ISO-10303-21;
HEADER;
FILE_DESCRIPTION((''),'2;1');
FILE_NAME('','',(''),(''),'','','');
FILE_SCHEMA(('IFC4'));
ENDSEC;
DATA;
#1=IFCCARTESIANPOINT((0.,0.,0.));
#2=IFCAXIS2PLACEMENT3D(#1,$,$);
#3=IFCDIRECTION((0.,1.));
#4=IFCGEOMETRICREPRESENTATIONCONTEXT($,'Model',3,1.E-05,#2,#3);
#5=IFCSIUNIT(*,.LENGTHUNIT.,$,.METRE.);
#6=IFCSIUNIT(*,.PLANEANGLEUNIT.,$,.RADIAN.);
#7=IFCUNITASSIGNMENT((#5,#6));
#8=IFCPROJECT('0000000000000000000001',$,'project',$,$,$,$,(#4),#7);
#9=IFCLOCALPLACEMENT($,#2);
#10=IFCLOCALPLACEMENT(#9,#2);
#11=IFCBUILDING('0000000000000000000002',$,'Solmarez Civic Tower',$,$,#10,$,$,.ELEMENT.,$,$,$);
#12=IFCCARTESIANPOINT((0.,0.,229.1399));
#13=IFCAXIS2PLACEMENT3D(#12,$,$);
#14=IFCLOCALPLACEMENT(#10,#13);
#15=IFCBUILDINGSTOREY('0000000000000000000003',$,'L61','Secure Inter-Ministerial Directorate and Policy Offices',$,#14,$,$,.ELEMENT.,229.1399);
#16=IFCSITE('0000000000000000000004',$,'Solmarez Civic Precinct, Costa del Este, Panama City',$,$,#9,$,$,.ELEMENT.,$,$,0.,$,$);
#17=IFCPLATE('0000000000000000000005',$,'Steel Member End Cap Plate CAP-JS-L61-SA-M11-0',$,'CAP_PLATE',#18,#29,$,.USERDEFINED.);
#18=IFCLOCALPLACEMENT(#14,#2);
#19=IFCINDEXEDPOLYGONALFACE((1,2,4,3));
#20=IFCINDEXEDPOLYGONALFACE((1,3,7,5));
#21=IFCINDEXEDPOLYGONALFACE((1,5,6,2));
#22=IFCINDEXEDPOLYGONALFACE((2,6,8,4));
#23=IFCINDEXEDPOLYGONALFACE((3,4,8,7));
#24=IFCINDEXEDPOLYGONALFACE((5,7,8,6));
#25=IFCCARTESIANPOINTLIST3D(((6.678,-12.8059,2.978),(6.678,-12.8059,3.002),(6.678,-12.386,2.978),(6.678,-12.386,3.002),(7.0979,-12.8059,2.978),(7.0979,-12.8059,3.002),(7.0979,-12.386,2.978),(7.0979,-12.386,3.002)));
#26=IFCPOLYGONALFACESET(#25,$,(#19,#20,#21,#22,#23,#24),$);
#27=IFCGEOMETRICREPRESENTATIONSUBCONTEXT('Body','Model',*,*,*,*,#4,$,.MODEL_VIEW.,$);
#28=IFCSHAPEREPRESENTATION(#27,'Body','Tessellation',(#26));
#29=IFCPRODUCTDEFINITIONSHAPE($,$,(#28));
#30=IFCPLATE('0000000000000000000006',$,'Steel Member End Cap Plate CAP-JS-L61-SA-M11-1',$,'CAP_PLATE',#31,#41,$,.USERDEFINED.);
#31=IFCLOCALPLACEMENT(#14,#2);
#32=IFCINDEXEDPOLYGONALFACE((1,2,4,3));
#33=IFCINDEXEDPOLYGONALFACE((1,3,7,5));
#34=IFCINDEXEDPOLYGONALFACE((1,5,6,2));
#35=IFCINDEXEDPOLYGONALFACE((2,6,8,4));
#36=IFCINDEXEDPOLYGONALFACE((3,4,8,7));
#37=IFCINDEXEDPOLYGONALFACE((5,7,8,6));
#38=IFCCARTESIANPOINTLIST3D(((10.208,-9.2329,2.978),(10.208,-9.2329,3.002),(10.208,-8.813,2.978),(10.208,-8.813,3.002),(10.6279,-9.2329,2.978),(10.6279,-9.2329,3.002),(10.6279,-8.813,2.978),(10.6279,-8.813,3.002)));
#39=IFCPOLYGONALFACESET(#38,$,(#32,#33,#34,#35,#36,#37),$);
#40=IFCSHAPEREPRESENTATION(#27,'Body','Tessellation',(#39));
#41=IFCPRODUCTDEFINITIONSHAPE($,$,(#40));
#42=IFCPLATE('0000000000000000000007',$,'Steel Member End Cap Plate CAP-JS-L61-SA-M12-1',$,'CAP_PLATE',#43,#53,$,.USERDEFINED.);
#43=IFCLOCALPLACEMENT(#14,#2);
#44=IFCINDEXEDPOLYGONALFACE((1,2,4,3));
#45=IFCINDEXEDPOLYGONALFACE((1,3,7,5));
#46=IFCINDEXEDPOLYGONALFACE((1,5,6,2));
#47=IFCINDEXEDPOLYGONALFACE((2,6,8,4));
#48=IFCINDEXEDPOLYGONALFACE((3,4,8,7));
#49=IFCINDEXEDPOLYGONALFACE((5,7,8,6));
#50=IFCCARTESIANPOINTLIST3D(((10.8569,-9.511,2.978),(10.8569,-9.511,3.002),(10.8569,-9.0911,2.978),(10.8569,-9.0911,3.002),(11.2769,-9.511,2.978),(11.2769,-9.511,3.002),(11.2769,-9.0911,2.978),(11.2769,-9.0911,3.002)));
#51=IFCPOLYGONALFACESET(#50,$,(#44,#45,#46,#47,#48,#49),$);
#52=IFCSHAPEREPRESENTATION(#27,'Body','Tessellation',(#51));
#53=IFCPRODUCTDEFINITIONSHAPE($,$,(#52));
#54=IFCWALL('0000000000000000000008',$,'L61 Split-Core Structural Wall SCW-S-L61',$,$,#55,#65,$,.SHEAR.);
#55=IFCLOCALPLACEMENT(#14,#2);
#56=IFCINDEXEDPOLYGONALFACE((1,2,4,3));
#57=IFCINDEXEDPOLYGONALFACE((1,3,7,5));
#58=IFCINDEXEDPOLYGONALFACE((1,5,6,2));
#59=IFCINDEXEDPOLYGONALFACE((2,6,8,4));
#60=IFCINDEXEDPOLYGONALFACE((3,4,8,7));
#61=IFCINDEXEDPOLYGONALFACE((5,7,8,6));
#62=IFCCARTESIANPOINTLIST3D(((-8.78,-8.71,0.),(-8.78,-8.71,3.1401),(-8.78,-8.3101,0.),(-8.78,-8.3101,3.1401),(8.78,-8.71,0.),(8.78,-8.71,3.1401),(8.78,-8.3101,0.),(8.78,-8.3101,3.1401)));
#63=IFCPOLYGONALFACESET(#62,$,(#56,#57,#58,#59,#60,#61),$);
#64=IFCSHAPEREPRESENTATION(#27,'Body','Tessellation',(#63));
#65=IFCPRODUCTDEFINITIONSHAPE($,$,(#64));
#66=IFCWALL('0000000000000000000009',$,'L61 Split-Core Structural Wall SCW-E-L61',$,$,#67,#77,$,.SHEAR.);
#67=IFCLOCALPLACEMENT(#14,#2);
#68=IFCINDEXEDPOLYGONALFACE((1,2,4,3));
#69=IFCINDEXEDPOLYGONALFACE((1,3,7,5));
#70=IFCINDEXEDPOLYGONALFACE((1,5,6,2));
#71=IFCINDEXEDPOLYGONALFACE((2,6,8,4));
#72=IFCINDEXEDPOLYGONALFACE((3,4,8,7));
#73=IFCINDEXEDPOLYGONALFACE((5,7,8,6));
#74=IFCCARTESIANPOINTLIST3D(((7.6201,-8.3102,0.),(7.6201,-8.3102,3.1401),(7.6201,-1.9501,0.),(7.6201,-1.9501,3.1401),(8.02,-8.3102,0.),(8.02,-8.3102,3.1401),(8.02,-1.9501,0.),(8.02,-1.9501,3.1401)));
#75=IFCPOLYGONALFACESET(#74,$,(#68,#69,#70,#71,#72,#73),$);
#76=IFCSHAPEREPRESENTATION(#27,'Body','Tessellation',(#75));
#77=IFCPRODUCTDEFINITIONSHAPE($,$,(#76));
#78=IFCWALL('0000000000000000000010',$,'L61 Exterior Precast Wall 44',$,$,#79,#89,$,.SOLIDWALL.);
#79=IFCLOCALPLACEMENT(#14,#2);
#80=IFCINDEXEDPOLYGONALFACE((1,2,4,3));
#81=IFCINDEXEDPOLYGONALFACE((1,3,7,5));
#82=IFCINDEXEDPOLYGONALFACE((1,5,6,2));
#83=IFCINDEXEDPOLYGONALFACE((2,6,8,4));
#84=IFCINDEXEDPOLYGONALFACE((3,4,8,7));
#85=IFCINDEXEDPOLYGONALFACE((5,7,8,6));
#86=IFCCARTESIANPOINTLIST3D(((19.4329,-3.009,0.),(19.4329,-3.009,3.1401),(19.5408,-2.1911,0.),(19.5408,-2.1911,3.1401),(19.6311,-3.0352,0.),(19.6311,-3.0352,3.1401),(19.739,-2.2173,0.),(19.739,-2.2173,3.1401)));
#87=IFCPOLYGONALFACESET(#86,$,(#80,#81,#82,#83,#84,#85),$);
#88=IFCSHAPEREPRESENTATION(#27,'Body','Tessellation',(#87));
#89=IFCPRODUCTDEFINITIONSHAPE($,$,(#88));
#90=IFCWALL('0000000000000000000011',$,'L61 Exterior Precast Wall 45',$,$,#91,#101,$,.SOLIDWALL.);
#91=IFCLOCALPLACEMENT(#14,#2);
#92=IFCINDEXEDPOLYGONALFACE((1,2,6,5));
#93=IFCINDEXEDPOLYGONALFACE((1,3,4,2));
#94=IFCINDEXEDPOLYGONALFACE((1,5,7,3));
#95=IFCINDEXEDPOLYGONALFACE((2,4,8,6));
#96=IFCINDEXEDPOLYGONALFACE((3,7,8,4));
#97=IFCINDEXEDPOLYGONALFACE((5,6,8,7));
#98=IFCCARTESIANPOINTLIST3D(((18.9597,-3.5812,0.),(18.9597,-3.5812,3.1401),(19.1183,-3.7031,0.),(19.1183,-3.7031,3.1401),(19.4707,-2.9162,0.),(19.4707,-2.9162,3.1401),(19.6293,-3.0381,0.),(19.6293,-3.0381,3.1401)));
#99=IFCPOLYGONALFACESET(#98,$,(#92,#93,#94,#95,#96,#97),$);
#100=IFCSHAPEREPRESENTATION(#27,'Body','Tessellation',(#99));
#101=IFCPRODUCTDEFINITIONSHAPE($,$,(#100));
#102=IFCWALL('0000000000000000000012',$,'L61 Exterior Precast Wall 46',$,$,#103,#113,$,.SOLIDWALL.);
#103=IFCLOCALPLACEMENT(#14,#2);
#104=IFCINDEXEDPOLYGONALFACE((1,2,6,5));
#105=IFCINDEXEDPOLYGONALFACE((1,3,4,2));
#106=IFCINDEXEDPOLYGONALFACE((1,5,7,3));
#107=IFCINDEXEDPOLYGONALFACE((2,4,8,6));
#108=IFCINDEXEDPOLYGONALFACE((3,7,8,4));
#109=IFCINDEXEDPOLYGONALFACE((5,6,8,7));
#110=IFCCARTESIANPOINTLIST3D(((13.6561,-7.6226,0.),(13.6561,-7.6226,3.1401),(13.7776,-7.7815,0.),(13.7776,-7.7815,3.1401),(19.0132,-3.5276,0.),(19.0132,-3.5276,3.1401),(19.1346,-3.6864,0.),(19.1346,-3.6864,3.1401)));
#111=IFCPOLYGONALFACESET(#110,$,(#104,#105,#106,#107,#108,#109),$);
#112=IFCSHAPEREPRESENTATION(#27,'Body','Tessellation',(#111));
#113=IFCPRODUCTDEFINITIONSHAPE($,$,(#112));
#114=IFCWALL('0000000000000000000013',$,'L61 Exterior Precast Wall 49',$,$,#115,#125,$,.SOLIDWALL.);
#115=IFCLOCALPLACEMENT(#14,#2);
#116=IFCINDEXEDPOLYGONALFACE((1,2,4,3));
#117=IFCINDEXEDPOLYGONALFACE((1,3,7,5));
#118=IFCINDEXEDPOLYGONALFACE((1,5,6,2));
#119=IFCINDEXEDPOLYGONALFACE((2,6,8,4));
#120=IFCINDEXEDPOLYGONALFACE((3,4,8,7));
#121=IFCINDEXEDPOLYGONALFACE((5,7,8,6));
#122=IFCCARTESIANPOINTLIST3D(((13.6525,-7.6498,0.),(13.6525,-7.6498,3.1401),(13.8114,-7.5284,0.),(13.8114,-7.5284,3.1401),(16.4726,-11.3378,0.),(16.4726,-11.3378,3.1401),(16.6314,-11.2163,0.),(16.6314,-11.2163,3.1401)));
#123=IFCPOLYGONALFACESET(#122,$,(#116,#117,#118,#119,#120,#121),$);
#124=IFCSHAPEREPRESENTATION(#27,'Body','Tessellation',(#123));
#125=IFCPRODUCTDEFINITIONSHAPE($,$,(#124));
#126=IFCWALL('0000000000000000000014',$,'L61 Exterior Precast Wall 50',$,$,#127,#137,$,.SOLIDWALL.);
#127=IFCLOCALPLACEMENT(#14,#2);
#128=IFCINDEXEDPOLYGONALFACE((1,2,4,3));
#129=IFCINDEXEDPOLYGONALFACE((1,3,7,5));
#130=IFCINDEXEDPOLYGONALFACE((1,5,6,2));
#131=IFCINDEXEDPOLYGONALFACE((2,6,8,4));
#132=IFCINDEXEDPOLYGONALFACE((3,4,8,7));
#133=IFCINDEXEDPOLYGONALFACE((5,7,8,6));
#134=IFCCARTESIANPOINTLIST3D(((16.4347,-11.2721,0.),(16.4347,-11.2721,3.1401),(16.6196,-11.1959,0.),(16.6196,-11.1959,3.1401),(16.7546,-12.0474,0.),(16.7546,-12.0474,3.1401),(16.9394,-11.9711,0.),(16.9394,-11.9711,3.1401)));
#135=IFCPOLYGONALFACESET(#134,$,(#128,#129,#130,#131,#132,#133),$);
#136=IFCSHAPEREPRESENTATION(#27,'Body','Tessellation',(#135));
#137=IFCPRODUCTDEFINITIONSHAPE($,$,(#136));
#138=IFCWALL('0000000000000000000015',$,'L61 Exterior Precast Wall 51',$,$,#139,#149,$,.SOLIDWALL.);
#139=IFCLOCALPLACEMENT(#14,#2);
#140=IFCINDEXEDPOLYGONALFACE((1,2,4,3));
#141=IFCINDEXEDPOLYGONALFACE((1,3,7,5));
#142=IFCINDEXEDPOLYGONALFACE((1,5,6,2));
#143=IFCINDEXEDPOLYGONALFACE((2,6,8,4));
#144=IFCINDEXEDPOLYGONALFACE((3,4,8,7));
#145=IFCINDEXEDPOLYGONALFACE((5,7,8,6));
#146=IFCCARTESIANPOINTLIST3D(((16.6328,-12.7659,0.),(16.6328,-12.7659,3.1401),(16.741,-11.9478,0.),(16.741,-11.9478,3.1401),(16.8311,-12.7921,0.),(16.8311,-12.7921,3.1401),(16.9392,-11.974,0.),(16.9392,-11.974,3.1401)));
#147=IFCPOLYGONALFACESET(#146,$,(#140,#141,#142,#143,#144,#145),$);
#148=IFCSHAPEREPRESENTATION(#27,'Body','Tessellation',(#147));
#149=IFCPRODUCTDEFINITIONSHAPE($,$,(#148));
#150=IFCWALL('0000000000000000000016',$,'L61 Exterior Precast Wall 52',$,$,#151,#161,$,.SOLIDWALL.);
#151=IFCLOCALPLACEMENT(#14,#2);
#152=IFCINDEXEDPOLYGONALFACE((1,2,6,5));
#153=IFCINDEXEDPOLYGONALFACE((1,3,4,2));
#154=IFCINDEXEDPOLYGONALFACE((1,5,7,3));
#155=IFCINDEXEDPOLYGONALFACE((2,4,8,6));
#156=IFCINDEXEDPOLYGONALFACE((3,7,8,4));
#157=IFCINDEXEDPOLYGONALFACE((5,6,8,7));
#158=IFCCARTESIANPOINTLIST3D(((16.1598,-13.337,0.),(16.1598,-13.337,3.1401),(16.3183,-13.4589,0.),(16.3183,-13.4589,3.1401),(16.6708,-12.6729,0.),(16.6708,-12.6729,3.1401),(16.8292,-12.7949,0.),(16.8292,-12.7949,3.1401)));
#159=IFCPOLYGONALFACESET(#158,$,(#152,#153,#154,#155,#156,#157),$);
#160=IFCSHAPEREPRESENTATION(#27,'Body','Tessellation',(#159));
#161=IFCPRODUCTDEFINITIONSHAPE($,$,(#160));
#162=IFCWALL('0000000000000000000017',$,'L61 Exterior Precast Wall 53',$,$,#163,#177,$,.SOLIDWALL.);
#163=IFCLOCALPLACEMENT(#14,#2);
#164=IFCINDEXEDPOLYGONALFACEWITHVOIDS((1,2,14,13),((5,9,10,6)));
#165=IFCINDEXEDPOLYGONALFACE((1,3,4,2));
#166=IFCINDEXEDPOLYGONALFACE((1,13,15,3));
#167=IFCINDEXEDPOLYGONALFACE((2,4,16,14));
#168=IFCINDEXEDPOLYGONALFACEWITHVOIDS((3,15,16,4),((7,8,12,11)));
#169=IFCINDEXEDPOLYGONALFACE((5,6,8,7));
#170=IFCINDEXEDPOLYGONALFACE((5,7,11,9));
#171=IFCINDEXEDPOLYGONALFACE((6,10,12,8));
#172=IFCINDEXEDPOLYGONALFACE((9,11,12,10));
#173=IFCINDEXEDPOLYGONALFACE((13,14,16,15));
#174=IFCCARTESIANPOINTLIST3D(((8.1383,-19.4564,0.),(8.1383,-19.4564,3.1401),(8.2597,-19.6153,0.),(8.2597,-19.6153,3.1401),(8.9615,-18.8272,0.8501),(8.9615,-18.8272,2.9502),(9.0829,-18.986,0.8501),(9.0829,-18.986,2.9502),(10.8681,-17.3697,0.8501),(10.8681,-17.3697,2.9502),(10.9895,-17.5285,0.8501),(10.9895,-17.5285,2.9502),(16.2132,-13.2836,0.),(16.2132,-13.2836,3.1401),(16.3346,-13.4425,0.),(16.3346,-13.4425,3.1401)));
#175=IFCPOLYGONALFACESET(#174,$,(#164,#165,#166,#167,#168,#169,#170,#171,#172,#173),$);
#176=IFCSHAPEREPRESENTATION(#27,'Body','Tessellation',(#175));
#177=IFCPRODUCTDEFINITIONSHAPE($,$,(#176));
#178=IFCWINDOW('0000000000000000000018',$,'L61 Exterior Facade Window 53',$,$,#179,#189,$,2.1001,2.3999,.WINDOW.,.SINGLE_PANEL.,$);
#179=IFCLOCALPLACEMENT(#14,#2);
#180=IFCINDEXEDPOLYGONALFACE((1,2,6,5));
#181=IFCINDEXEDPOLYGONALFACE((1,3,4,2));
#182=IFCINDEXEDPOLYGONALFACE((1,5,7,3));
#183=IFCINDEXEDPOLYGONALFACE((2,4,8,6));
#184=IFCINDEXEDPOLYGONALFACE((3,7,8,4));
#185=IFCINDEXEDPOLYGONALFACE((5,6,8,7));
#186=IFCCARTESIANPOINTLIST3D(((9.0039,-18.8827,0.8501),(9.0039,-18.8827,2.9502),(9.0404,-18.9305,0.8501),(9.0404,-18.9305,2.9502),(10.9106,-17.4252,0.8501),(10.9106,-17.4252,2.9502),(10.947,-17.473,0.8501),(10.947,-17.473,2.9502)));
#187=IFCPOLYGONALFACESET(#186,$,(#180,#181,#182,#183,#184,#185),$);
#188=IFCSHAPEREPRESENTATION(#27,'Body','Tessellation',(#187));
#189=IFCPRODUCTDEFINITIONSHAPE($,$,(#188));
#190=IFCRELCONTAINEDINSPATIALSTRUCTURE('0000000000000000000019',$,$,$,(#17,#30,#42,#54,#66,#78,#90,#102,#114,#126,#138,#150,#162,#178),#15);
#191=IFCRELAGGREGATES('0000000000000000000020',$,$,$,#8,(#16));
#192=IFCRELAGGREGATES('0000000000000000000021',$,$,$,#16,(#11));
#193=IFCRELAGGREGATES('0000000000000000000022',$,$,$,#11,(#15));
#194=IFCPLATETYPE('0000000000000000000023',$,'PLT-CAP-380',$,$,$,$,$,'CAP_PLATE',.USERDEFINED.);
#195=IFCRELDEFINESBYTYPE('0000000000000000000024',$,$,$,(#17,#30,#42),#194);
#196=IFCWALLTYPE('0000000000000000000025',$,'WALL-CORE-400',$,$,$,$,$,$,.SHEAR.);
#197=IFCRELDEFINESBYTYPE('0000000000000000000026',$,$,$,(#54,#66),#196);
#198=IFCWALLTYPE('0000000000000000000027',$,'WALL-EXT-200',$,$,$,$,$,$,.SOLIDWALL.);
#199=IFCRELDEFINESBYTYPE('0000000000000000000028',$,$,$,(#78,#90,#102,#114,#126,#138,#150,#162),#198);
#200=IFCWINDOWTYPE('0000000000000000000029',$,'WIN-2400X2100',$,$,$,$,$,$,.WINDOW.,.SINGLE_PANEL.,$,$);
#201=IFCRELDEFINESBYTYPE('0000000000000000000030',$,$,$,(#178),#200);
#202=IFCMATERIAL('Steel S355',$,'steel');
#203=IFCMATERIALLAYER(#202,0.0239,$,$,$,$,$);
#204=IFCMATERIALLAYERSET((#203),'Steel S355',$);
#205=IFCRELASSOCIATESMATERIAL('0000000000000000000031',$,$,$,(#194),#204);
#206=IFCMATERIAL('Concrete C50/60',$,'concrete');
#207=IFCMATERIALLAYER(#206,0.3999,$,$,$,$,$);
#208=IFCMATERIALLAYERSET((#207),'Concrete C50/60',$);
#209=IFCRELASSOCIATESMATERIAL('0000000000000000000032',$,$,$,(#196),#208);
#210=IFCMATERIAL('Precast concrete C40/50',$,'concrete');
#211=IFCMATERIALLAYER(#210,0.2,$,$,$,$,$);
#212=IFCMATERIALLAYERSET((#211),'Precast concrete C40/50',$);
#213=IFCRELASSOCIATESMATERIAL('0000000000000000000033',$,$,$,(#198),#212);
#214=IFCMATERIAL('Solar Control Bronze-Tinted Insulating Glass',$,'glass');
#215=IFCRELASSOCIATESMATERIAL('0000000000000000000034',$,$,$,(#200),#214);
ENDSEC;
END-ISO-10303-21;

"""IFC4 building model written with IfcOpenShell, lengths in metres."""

from ifc_helpers import new_model, si_unit, direction, frame, frame_2d, origin, origin_2d, place, context, subcontext, project, spatial, rectangle, extrude, material, layer, layer_set, type_object, element, fill, save


model = new_model("IFC4")

# Units and contexts
model_context = context("Model", 3, precision=1e-05, world=origin(), true_north=direction((0.0, 1.0)))
body_context = subcontext(model_context, "Body", "Model", "MODEL_VIEW")
ifc_project = project(units=[si_unit("LENGTHUNIT", "METRE"), si_unit("PLANEANGLEUNIT", "RADIAN")], contexts=[model_context])

# Site, building, storey
site_placement = place(None, origin())
site = spatial("IfcSite", under=ifc_project, at=site_placement, Name="Solmarez Civic Precinct, Costa del Este, Panama City", CompositionType="ELEMENT", RefElevation=0.0)
building_placement = place(site_placement, origin())
building = spatial("IfcBuilding", under=site, at=building_placement, Name="Solmarez Civic Tower", CompositionType="ELEMENT")
storey_placement = place(building_placement, frame((0.0, 0.0, 229.1399)))
storey = spatial("IfcBuildingStorey", under=building, at=storey_placement, Name="L61", Description="Secure Inter-Ministerial Directorate and Policy Offices", CompositionType="ELEMENT", Elevation=229.1399)

# Shared definitions
ifc_material_1 = material(Name="Concrete C50/60", Category="concrete")
ifc_material_2 = material(Name="Steel S355", Category="steel")

# Plates
ifc_layer_1 = layer(ifc_material_2, 0.0239)
ifc_layer_set_1 = layer_set([ifc_layer_1], Name="Steel S355")
plate_type = type_object("IfcPlateType", Name="PLT-CAP-380", ElementType="CAP_PLATE", PredefinedType="USERDEFINED", material=ifc_layer_set_1)
for number, where, z_axis, x_axis, name in (
    (1, (6.8879, -12.5959, 2.978), (0.0, 0.0, 1.0), (1.0, 0.0, 0.0), "Steel Member End Cap Plate CAP-JS-L61-SA-M11-0"),
    (2, (10.418, -9.0229, 2.978), (0.0, 0.0, 1.0), (1.0, 0.0, 0.0), "Steel Member End Cap Plate CAP-JS-L61-SA-M11-1"),
    (3, (11.0669, -9.301, 2.978), (0.0, 0.0, 1.0), (1.0, 0.0, 0.0), "Steel Member End Cap Plate CAP-JS-L61-SA-M12-1"),
):
    element("IfcPlate", number, at=place(storey_placement, frame(where, z_axis=z_axis, x_axis=x_axis)), inside=storey, type_object=plate_type, Name=name, ObjectType="CAP_PLATE", PredefinedType="USERDEFINED", context=body_context, shape_type="SweptSolid", body=[
        extrude(rectangle(XDim=0.4199, YDim=0.4199, at=origin_2d()), origin(), (0.0, 0.0, 1.0), 0.0239),
    ])

# Walls
ifc_layer_2 = layer(ifc_material_1, 0.3999)
ifc_layer_set_2 = layer_set([ifc_layer_2], Name="Concrete C50/60")
wall_type_1 = type_object("IfcWallType", Name="WALL-CORE-400", PredefinedType="SHEAR", material=ifc_layer_set_2)
wall_1_placement = place(storey_placement, frame((8.78, -8.51, 0.0), z_axis=(0.0, 0.0, 1.0), x_axis=(-1.0, 0.0, 0.0)))
element("IfcWall", 4, at=wall_1_placement, inside=storey, type_object=wall_type_1, Name="L61 Split-Core Structural Wall SCW-S-L61", PredefinedType="SHEAR", context=body_context, shape_type="SweptSolid", body=[
    extrude(rectangle(XDim=17.5601, YDim=0.3999, at=frame_2d((8.78, 0.0))), origin(), (0.0, 0.0, 1.0), 3.1401),
])
wall_2_placement = place(storey_placement, frame((7.8201, -1.95, 0.0), z_axis=(0.0, 0.0, 1.0), x_axis=(0.0, -1.0, 0.0)))
element("IfcWall", 5, at=wall_2_placement, inside=storey, type_object=wall_type_1, Name="L61 Split-Core Structural Wall SCW-E-L61", PredefinedType="SHEAR", context=body_context, shape_type="SweptSolid", body=[
    extrude(rectangle(XDim=6.3601, YDim=0.3999, at=frame_2d((3.1802, 0.0))), origin(), (0.0, 0.0, 1.0), 3.1401),
])
ifc_material_3 = material(Name="Precast concrete C40/50", Category="concrete")
ifc_layer_3 = layer(ifc_material_3, 0.2)
ifc_layer_set_3 = layer_set([ifc_layer_3], Name="Precast concrete C40/50")
wall_type_2 = type_object("IfcWallType", Name="WALL-EXT-200", PredefinedType="SOLIDWALL", material=ifc_layer_set_3)
wall_3_placement = place(storey_placement, frame((19.6399, -2.2041, 0.0), z_axis=(0.0, 0.0, 1.0), x_axis=(-0.130807, -0.991408, 0.0)))
element("IfcWall", 6, at=wall_3_placement, inside=storey, type_object=wall_type_2, Name="L61 Exterior Precast Wall 44", PredefinedType="SOLIDWALL", context=body_context, shape_type="SweptSolid", body=[
    extrude(rectangle(XDim=0.825, YDim=0.2, at=frame_2d((0.4126, 0.0))), origin(), (0.0, 0.0, 1.0), 3.1401),
])
wall_4_placement = place(storey_placement, frame((19.55, -2.9771, 0.0), z_axis=(0.0, 0.0, 1.0), x_axis=(-0.609275, -0.792959, 0.0)))
element("IfcWall", 7, at=wall_4_placement, inside=storey, type_object=wall_type_2, Name="L61 Exterior Precast Wall 45", PredefinedType="SOLIDWALL", context=body_context, shape_type="SweptSolid", body=[
    extrude(rectangle(XDim=0.8386, YDim=0.2, at=frame_2d((0.4194, 0.0))), origin(), (0.0, 0.0, 1.0), 3.1401),
])
wall_5_placement = place(storey_placement, frame((19.074, -3.6069, 0.0), z_axis=(0.0, 0.0, 1.0), x_axis=(-0.794466, -0.607309, 0.0)))
element("IfcWall", 8, at=wall_5_placement, inside=storey, type_object=wall_type_2, Name="L61 Exterior Precast Wall 46", PredefinedType="SOLIDWALL", context=body_context, shape_type="SweptSolid", body=[
    extrude(rectangle(XDim=6.7429, YDim=0.2, at=frame_2d((3.3716, 0.0))), origin(), (0.0, 0.0, 1.0), 3.1401),
])
wall_6_placement = place(storey_placement, frame((13.7319, -7.5891, 0.0), z_axis=(0.0, 0.0, 1.0), x_axis=(0.607429, -0.794374, 0.0)))
element("IfcWall", 9, at=wall_6_placement, inside=storey, type_object=wall_type_2, Name="L61 Exterior Precast Wall 49", PredefinedType="SOLIDWALL", context=body_context, shape_type="SweptSolid", body=[
    extrude(rectangle(XDim=4.6426, YDim=0.2, at=frame_2d((2.3213, 0.0))), origin(), (0.0, 0.0, 1.0), 3.1401),
])
wall_7_placement = place(storey_placement, frame((16.5271, -11.2339, 0.0), z_axis=(0.0, 0.0, 1.0), x_axis=(0.381409, -0.924407, 0.0)))
element("IfcWall", 10, at=wall_7_placement, inside=storey, type_object=wall_type_2, Name="L61 Exterior Precast Wall 50", PredefinedType="SOLIDWALL", context=body_context, shape_type="SweptSolid", body=[
    extrude(rectangle(XDim=0.8386, YDim=0.2, at=frame_2d((0.4194, 0.0))), origin(), (0.0, 0.0, 1.0), 3.1401),
])
wall_8_placement = place(storey_placement, frame((16.8401, -11.9609, 0.0), z_axis=(0.0, 0.0, 1.0), x_axis=(-0.131059, -0.991375, 0.0)))
element("IfcWall", 11, at=wall_8_placement, inside=storey, type_object=wall_type_2, Name="L61 Exterior Precast Wall 51", PredefinedType="SOLIDWALL", context=body_context, shape_type="SweptSolid", body=[
    extrude(rectangle(XDim=0.8252, YDim=0.2, at=frame_2d((0.4126, 0.0))), origin(), (0.0, 0.0, 1.0), 3.1401),
])
wall_9_placement = place(storey_placement, frame((16.75, -12.7339, 0.0), z_axis=(0.0, 0.0, 1.0), x_axis=(-0.609837, -0.792526, 0.0)))
element("IfcWall", 12, at=wall_9_placement, inside=storey, type_object=wall_type_2, Name="L61 Exterior Precast Wall 52", PredefinedType="SOLIDWALL", context=body_context, shape_type="SweptSolid", body=[
    extrude(rectangle(XDim=0.8379, YDim=0.2, at=frame_2d((0.4189, 0.0))), origin(), (0.0, 0.0, 1.0), 3.1401),
])

# Wall, opening, window
wall_10_placement = place(storey_placement, frame((16.2739, -13.363, 0.0), z_axis=(0.0, 0.0, 1.0), x_axis=(-0.794458, -0.607319, 0.0)))
wall_10 = element("IfcWall", 13, at=wall_10_placement, inside=storey, type_object=wall_type_2, Name="L61 Exterior Precast Wall 53", PredefinedType="SOLIDWALL", context=body_context, shape_type="SweptSolid", body=[
    extrude(rectangle(XDim=10.1641, YDim=0.2, at=frame_2d((5.082, 0.0))), origin(), (0.0, 0.0, 1.0), 3.1401),
])
opening_1_placement = place(wall_10_placement, frame((6.728, 0.0, 0.8501)))
opening_1 = element("IfcOpeningElement", 14, at=opening_1_placement, cuts=wall_10, PredefinedType="OPENING", context=body_context, shape_type="SweptSolid", body=[
    extrude(rectangle(XDim=2.3999, YDim=2.1001, at=frame_2d((1.2, 1.05))), frame((0.0, 0.1099, 0.0), z_axis=(0.0, -1.0, 0.0), x_axis=(1.0, 0.0, 0.0)), (0.0, 0.0, 1.0), 0.22),
])
ifc_material_4 = material(Name="Solar Control Bronze-Tinted Insulating Glass", Category="glass")
window_type = type_object("IfcWindowType", Name="WIN-2400X2100", PartitioningType="SINGLE_PANEL", PredefinedType="WINDOW", material=ifc_material_4)
window_placement = place(opening_1_placement, origin())
window = element("IfcWindow", 15, at=window_placement, inside=storey, type_object=window_type, Name="L61 Exterior Facade Window 53", OverallHeight=2.1001, OverallWidth=2.3999, PartitioningType="SINGLE_PANEL", PredefinedType="WINDOW", context=body_context, shape_type="SweptSolid", body=[
    extrude(rectangle(XDim=2.3999, YDim=2.1001, at=frame_2d((1.2, 1.05))), frame((0.0, 0.03, 0.0), z_axis=(0.0, -1.0, 0.0), x_axis=(1.0, 0.0, 0.0)), (0.0, 0.0, 1.0), 0.0601),
])
fill(opening_1, window)

save(model, "model.ifc")
